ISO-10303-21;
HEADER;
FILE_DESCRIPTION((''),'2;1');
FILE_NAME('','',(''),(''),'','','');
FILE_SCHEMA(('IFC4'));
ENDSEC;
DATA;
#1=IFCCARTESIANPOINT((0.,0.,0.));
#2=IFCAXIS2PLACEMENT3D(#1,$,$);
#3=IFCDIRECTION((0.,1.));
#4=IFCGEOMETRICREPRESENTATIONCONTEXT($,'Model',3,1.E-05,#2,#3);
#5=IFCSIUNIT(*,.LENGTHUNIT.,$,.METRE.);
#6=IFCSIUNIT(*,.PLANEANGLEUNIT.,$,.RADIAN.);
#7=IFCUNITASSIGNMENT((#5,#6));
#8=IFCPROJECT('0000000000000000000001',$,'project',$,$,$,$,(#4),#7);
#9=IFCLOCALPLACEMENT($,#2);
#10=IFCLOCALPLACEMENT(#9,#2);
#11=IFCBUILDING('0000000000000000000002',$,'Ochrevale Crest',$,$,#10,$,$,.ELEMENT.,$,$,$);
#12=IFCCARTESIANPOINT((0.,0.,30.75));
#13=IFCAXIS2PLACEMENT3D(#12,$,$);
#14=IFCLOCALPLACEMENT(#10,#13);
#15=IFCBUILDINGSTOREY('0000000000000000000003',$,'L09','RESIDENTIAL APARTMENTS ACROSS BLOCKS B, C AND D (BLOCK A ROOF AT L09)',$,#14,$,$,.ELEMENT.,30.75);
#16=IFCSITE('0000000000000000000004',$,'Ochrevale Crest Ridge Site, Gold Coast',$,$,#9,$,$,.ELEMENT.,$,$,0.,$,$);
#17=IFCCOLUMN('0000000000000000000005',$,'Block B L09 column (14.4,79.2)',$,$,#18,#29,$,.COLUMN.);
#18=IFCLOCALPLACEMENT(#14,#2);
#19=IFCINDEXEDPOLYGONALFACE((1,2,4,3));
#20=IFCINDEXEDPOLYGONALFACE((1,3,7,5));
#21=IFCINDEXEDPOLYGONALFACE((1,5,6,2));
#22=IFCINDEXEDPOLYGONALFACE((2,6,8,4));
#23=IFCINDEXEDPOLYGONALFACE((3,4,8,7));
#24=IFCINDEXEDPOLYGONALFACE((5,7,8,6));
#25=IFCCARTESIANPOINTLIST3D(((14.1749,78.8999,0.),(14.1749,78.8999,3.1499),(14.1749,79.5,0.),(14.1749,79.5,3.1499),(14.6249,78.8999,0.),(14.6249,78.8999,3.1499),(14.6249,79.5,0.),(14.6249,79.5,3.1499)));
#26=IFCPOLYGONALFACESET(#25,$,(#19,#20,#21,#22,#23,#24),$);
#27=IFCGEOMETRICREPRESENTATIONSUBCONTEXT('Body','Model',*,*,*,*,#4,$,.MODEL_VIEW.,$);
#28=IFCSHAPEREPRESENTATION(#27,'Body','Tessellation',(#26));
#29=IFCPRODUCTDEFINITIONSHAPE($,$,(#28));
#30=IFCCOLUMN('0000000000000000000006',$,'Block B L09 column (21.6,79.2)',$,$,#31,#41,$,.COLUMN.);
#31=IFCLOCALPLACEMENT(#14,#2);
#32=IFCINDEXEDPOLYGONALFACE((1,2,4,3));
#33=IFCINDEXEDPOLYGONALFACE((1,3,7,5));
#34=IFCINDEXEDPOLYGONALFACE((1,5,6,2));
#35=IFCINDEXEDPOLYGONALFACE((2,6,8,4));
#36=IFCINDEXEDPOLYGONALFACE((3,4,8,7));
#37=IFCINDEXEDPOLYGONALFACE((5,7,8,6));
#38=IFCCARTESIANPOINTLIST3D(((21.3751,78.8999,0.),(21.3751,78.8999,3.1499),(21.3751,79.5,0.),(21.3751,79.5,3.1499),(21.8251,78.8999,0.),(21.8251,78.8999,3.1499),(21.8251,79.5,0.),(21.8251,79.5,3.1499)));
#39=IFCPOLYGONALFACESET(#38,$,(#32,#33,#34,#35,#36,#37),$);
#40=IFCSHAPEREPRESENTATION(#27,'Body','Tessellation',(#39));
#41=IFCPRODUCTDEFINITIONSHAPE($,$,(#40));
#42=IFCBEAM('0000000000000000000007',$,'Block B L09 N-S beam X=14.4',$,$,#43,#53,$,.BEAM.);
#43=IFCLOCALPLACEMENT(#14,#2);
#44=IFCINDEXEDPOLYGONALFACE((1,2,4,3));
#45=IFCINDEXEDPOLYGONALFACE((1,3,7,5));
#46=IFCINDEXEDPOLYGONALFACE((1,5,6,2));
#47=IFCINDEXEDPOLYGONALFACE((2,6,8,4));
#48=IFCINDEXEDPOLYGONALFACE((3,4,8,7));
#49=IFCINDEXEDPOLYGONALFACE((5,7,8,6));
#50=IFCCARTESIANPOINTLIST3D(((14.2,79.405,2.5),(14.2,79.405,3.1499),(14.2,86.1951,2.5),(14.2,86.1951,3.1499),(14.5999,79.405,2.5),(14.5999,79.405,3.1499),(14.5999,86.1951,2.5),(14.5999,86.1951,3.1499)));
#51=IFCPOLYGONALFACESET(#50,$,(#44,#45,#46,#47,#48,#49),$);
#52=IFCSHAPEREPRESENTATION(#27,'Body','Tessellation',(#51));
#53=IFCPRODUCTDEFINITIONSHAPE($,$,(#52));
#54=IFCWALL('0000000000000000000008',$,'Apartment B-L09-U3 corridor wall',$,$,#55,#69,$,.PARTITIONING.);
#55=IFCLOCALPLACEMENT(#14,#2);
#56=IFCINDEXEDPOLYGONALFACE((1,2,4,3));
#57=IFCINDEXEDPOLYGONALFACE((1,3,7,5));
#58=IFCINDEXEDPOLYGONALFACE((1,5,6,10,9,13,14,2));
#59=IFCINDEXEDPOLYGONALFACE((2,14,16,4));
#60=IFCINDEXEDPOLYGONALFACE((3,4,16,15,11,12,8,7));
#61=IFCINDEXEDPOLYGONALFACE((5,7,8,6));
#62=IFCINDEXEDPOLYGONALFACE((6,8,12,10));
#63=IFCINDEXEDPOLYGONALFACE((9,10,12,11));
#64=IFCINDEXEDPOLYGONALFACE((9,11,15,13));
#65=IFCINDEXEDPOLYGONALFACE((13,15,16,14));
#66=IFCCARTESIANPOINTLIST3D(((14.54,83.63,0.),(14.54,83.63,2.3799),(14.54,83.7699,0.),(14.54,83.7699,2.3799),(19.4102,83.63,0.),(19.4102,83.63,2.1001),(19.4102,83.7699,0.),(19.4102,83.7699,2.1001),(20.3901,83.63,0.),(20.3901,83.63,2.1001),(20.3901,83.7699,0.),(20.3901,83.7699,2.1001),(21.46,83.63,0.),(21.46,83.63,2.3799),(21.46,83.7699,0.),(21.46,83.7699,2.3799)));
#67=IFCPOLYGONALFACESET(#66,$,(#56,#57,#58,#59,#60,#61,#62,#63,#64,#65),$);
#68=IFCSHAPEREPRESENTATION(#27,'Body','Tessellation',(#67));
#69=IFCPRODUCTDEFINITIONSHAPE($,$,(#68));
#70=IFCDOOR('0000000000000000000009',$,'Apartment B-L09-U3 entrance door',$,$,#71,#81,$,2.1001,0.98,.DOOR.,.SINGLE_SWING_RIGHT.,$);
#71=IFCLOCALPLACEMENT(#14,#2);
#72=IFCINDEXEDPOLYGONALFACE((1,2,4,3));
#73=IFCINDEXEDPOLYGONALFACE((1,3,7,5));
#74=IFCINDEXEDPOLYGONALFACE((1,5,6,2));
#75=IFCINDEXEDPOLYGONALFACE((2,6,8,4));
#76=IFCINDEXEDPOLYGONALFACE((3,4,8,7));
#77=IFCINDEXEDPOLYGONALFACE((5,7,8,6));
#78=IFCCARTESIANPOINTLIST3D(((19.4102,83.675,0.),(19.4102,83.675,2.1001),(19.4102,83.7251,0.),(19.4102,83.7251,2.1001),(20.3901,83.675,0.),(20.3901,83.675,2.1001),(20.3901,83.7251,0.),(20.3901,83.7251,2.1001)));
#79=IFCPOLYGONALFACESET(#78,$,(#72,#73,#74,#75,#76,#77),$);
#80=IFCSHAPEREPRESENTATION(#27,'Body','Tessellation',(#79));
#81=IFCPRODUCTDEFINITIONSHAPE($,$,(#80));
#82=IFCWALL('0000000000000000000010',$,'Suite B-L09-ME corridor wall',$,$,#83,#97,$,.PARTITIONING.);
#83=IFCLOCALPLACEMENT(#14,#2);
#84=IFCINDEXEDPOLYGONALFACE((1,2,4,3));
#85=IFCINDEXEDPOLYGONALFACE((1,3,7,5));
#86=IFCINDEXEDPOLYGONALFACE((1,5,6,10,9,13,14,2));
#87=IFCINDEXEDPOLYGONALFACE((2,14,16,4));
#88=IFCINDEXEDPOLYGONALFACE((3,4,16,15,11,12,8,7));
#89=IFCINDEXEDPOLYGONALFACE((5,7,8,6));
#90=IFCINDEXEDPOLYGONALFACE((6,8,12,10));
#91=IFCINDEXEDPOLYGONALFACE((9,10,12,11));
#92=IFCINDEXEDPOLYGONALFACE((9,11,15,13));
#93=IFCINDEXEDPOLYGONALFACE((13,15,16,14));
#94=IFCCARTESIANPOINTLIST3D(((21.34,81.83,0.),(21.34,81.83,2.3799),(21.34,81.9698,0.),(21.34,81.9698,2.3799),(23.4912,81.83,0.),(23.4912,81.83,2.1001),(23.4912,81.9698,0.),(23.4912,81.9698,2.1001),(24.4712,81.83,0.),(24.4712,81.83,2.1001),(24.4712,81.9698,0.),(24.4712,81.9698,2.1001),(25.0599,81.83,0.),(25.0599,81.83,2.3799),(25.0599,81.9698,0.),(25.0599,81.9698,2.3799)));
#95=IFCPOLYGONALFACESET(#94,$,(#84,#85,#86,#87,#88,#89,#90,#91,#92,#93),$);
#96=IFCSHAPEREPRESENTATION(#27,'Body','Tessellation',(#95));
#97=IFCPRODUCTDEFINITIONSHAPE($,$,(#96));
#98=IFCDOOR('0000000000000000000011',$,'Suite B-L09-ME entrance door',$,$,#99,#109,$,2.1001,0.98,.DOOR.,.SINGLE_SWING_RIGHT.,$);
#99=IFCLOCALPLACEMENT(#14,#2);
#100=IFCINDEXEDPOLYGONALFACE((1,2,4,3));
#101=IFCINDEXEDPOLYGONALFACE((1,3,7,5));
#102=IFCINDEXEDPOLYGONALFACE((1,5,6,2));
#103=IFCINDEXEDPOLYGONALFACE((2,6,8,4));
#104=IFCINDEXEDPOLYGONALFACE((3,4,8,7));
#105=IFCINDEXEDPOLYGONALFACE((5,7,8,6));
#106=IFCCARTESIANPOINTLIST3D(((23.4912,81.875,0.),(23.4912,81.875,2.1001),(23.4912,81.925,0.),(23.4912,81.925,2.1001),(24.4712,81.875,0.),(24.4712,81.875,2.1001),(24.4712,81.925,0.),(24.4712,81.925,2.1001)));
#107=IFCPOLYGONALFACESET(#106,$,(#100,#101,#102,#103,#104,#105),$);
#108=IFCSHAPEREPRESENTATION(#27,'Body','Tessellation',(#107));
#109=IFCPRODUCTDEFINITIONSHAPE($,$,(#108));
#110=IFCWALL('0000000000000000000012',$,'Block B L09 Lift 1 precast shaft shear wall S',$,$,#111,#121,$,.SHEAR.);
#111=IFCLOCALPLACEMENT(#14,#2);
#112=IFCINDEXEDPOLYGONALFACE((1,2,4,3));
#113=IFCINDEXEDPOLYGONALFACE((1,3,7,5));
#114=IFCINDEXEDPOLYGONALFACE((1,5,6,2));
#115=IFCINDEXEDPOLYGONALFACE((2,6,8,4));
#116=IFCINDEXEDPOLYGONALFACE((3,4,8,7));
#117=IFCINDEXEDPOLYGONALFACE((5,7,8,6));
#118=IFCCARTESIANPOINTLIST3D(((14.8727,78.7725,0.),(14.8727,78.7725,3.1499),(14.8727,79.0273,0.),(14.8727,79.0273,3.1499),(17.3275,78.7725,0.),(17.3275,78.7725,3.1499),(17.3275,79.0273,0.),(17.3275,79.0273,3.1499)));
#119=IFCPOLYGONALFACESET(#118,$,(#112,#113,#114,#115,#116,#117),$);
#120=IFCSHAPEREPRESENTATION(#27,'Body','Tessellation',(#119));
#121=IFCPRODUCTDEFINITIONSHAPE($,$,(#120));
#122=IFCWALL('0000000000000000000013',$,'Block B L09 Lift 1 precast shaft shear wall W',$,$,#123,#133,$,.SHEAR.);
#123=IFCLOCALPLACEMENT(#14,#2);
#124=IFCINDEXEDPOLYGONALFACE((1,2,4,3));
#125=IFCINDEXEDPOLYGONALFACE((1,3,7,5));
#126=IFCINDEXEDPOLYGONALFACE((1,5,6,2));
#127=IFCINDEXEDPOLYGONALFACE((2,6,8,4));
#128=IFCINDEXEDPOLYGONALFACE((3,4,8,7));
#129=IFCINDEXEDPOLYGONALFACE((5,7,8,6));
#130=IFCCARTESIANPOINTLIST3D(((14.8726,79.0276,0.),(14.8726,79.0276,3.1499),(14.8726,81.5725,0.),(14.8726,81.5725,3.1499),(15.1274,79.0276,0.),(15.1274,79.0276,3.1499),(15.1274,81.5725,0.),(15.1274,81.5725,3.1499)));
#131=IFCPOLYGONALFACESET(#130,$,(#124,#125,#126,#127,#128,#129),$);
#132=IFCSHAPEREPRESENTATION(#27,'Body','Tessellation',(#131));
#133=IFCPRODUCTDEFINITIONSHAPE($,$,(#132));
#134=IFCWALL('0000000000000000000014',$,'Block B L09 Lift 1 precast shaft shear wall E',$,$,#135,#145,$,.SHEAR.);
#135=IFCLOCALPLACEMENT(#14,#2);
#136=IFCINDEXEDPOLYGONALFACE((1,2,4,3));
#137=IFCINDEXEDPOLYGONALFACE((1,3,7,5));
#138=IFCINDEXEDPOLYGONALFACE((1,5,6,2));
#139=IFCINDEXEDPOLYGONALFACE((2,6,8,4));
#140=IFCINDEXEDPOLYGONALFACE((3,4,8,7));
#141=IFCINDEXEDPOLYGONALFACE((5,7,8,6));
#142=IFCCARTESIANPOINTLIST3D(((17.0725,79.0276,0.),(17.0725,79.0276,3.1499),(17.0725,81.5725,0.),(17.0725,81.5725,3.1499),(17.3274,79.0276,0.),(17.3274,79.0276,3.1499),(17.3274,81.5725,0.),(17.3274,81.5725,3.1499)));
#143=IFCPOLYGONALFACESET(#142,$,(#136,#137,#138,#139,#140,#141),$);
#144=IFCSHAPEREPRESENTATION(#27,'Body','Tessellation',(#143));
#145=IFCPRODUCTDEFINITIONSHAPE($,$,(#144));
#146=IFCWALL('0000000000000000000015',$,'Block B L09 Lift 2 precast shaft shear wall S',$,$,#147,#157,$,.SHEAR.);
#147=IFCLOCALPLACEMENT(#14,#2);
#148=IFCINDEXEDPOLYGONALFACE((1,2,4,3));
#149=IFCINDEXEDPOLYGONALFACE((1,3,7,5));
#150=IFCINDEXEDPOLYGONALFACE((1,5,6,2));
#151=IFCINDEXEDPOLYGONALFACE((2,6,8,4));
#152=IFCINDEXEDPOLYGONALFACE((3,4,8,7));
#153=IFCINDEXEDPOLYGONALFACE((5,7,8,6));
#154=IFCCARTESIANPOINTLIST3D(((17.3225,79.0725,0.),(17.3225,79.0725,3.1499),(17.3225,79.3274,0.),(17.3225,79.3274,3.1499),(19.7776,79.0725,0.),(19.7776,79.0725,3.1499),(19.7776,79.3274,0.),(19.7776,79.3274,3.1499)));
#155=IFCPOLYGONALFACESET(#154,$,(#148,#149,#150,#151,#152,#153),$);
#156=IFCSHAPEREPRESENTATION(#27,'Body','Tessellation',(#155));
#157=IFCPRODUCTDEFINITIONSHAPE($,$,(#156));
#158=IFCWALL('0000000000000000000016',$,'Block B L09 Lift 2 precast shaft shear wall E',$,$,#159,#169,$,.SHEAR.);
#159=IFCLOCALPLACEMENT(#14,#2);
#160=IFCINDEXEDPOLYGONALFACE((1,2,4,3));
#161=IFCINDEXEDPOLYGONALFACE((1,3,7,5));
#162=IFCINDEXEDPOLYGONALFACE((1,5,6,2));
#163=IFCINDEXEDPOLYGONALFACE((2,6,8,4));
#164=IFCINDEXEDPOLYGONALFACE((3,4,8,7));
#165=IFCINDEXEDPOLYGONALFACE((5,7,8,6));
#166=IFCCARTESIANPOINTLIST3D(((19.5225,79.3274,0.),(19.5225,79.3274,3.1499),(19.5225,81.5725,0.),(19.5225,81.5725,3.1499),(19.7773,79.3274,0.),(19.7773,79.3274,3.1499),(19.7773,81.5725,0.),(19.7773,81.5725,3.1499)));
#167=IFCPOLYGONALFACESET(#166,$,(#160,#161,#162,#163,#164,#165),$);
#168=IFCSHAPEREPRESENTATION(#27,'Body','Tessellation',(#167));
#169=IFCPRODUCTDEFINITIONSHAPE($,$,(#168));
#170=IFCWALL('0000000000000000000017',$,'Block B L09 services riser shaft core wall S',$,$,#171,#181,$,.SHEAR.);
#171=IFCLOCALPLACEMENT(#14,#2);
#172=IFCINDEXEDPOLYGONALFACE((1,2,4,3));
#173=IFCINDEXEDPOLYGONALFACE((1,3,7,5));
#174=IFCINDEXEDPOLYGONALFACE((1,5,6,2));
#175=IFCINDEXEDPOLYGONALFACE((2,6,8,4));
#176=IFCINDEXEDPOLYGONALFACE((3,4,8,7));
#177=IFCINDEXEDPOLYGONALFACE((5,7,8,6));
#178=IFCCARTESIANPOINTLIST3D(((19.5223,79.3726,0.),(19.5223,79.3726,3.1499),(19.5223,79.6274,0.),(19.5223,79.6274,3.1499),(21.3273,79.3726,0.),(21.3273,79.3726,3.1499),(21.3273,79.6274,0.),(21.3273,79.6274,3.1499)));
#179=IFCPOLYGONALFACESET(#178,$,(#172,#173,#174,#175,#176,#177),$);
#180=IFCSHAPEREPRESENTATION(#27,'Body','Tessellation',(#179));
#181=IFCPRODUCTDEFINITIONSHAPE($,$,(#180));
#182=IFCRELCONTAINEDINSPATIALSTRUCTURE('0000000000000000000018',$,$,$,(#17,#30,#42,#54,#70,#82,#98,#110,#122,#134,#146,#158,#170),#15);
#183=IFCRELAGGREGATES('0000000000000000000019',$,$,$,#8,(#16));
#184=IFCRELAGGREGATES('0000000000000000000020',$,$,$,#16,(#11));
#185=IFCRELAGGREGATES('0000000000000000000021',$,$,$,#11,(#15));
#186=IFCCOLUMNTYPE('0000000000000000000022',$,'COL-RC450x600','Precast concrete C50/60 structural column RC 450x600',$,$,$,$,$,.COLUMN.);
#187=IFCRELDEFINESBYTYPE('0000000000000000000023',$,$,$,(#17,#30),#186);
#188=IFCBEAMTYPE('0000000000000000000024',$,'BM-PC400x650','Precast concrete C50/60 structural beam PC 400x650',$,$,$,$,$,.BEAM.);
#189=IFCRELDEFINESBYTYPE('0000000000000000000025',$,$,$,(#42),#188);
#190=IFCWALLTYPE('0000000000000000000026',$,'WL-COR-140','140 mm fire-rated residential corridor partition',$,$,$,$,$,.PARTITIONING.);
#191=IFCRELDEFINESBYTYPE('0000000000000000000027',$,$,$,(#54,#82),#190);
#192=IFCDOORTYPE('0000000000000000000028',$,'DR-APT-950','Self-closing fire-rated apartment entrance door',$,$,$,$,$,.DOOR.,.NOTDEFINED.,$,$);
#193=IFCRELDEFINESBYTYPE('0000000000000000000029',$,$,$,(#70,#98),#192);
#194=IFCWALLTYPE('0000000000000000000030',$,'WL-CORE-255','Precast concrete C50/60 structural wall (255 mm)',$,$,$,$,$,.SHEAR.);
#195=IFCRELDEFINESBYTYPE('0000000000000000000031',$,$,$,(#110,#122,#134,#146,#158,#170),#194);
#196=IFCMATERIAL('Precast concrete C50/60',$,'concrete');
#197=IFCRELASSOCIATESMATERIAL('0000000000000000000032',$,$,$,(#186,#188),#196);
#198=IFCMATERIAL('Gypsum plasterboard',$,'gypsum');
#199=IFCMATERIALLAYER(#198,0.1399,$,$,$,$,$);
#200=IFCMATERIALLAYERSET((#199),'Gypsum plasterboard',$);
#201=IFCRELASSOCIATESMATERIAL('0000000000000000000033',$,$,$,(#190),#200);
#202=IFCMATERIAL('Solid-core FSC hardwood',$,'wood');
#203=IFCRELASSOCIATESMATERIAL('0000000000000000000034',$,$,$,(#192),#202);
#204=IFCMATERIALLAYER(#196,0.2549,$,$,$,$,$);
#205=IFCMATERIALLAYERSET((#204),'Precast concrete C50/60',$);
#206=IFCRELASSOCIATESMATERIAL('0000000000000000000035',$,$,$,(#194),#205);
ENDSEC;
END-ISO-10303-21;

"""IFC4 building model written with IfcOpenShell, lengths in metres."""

from ifc_helpers import new_model, si_unit, direction, frame, frame_2d, origin, origin_2d, place, context, subcontext, project, spatial, rectangle, extrude, material, layer, layer_set, material_profile, profile_set, type_object, element, fill, save


model = new_model("IFC4")

# Units and contexts
model_context = context("Model", 3, precision=1e-05, world=origin(), true_north=direction((0.0, 1.0)))
body_context = subcontext(model_context, "Body", "Model", "MODEL_VIEW")
ifc_project = project(units=[si_unit("LENGTHUNIT", "METRE"), si_unit("PLANEANGLEUNIT", "RADIAN")], contexts=[model_context])

# Site, building, storey
site_placement = place(None, origin())
site = spatial("IfcSite", under=ifc_project, at=site_placement, Name="Ochrevale Crest Ridge Site, Gold Coast", CompositionType="ELEMENT", RefElevation=0.0)
building_placement = place(site_placement, origin())
building = spatial("IfcBuilding", under=site, at=building_placement, Name="Ochrevale Crest", CompositionType="ELEMENT")
storey_placement = place(building_placement, frame((0.0, 0.0, 30.75)))
storey = spatial("IfcBuildingStorey", under=building, at=storey_placement, Name="L09", Description="RESIDENTIAL APARTMENTS ACROSS BLOCKS B, C AND D (BLOCK A ROOF AT L09)", CompositionType="ELEMENT", Elevation=30.75)

# Columns
ifc_material_1 = material(Name="Precast concrete C50/60", Category="concrete")
ifc_material_profile_1 = material_profile(ifc_material_1, rectangle(XDim=0.45, YDim=0.6001, at=origin_2d()), Name="RC 450x600")
ifc_profile_set_1 = profile_set([ifc_material_profile_1], Name="Precast concrete C50/60")
column_type = type_object("IfcColumnType", Name="COL-RC450x600", Description="Precast concrete C50/60 structural column RC 450x600", PredefinedType="COLUMN", material=ifc_profile_set_1)
for number, where, z_axis, x_axis, name in (
    (1, (14.3999, 79.2, 0.0), (0.0, 0.0, 1.0), (1.0, 0.0, 0.0), "Block B L09 column (14.4,79.2)"),
    (2, (21.6001, 79.2, 0.0), (0.0, 0.0, 1.0), (1.0, 0.0, 0.0), "Block B L09 column (21.6,79.2)"),
):
    element("IfcColumn", number, at=place(storey_placement, frame(where, z_axis=z_axis, x_axis=x_axis)), inside=storey, type_object=column_type, Name=name, PredefinedType="COLUMN", context=body_context, shape_type="SweptSolid", body=[
        extrude(rectangle(XDim=0.45, YDim=0.6001, at=origin_2d()), origin(), (0.0, 0.0, 1.0), 3.1499),
    ])

# Beam
ifc_material_profile_2 = material_profile(ifc_material_1, rectangle(XDim=0.3999, YDim=0.6499, at=origin_2d()), Name="PC 400x650")
ifc_profile_set_2 = profile_set([ifc_material_profile_2], Name="Precast concrete C50/60")
beam_type = type_object("IfcBeamType", Name="BM-PC400x650", Description="Precast concrete C50/60 structural beam PC 400x650", PredefinedType="BEAM", material=ifc_profile_set_2)
beam_placement = place(storey_placement, frame((14.3999, 79.405, 2.825), z_axis=(0.0, 1.0, 0.0), x_axis=(-1.0, 0.0, 0.0)))
element("IfcBeam", 3, at=beam_placement, inside=storey, type_object=beam_type, Name="Block B L09 N-S beam X=14.4", PredefinedType="BEAM", context=body_context, shape_type="SweptSolid", body=[
    extrude(rectangle(XDim=0.3999, YDim=0.6499, at=origin_2d()), origin(), (0.0, 0.0, 1.0), 6.79),
])

# Walls, openings, doors
ifc_material_2 = material(Name="Gypsum plasterboard", Category="gypsum")
ifc_layer_1 = layer(ifc_material_2, 0.1399)
ifc_layer_set_1 = layer_set([ifc_layer_1], Name="Gypsum plasterboard")
wall_type_1 = type_object("IfcWallType", Name="WL-COR-140", Description="140 mm fire-rated residential corridor partition", PredefinedType="PARTITIONING", material=ifc_layer_set_1)
wall_1_placement = place(storey_placement, frame((14.54, 83.7, 0.0), z_axis=(0.0, 0.0, 1.0), x_axis=(1.0, 0.0, 0.0)))
wall_1 = element("IfcWall", 4, at=wall_1_placement, inside=storey, type_object=wall_type_1, Name="Apartment B-L09-U3 corridor wall", PredefinedType="PARTITIONING", context=body_context, shape_type="SweptSolid", body=[
    extrude(rectangle(XDim=6.9199, YDim=0.1399, at=frame_2d((3.46, 0.0))), origin(), (0.0, 0.0, 1.0), 2.3799),
])
opening_1_placement = place(wall_1_placement, frame((5.8501, 0.0, 0.0), z_axis=(0.0, 0.0, 1.0), x_axis=(-1.0, 0.0, 0.0)))
opening_1 = element("IfcOpeningElement", 5, at=opening_1_placement, cuts=wall_1, PredefinedType="OPENING", context=body_context, shape_type="SweptSolid", body=[
    extrude(rectangle(XDim=0.98, YDim=2.1001, at=frame_2d((0.49, 1.05))), frame((0.0, 0.0801, 0.0), z_axis=(0.0, -1.0, 0.0), x_axis=(1.0, 0.0, 0.0)), (0.0, 0.0, 1.0), 0.1599),
])
ifc_material_3 = material(Name="Solid-core FSC hardwood", Category="wood")
door_type_1 = type_object("IfcDoorType", Name="DR-APT-950", Description="Self-closing fire-rated apartment entrance door", OperationType="NOTDEFINED", PredefinedType="DOOR", material=ifc_material_3)
door_1_placement = place(opening_1_placement, origin())
door_1 = element("IfcDoor", 6, at=door_1_placement, inside=storey, type_object=door_type_1, Name="Apartment B-L09-U3 entrance door", OperationType="SINGLE_SWING_RIGHT", OverallHeight=2.1001, OverallWidth=0.98, PredefinedType="DOOR", context=body_context, shape_type="SweptSolid", body=[
    extrude(rectangle(XDim=0.98, YDim=2.1001, at=frame_2d((0.49, 1.05))), frame((0.0, 0.0249, 0.0), z_axis=(0.0, -1.0, 0.0), x_axis=(1.0, 0.0, 0.0)), (0.0, 0.0, 1.0), 0.05),
])
fill(opening_1, door_1)
wall_2_placement = place(storey_placement, frame((21.3401, 81.8999, 0.0), z_axis=(0.0, 0.0, 1.0), x_axis=(1.0, 0.0, 0.0)))
wall_2 = element("IfcWall", 7, at=wall_2_placement, inside=storey, type_object=wall_type_1, Name="Suite B-L09-ME corridor wall", PredefinedType="PARTITIONING", context=body_context, shape_type="SweptSolid", body=[
    extrude(rectangle(XDim=3.72, YDim=0.1399, at=frame_2d((1.8599, 0.0))), origin(), (0.0, 0.0, 1.0), 2.3799),
])
opening_2_placement = place(wall_2_placement, frame((3.1311, 0.0, 0.0), z_axis=(0.0, 0.0, 1.0), x_axis=(-1.0, 0.0, 0.0)))
opening_2 = element("IfcOpeningElement", 8, at=opening_2_placement, cuts=wall_2, PredefinedType="OPENING", context=body_context, shape_type="SweptSolid", body=[
    extrude(rectangle(XDim=0.98, YDim=2.1001, at=frame_2d((0.49, 1.05))), frame((0.0, 0.0801, 0.0), z_axis=(0.0, -1.0, 0.0), x_axis=(1.0, 0.0, 0.0)), (0.0, 0.0, 1.0), 0.1599),
])
door_2_placement = place(opening_2_placement, origin())
door_2 = element("IfcDoor", 9, at=door_2_placement, inside=storey, type_object=door_type_1, Name="Suite B-L09-ME entrance door", OperationType="SINGLE_SWING_RIGHT", OverallHeight=2.1001, OverallWidth=0.98, PredefinedType="DOOR", context=body_context, shape_type="SweptSolid", body=[
    extrude(rectangle(XDim=0.98, YDim=2.1001, at=frame_2d((0.49, 1.05))), frame((0.0, 0.0249, 0.0), z_axis=(0.0, -1.0, 0.0), x_axis=(1.0, 0.0, 0.0)), (0.0, 0.0, 1.0), 0.05),
])
fill(opening_2, door_2)

# Wall
ifc_layer_2 = layer(ifc_material_1, 0.2549)
ifc_layer_set_2 = layer_set([ifc_layer_2], Name="Precast concrete C50/60")
wall_type_2 = type_object("IfcWallType", Name="WL-CORE-255", Description="Precast concrete C50/60 structural wall (255 mm)", PredefinedType="SHEAR", material=ifc_layer_set_2)
wall_3_placement = place(storey_placement, frame((14.8726, 78.8999, 0.0), z_axis=(0.0, 0.0, 1.0), x_axis=(1.0, 0.0, 0.0)))
element("IfcWall", 10, at=wall_3_placement, inside=storey, type_object=wall_type_2, Name="Block B L09 Lift 1 precast shaft shear wall S", PredefinedType="SHEAR", context=body_context, shape_type="SweptSolid", body=[
    extrude(rectangle(XDim=2.4548, YDim=0.2549, at=frame_2d((1.2275, 0.0))), origin(), (0.0, 0.0, 1.0), 3.1499),
])

# Walls
for number, where, z_axis, x_axis, name in (
    (11, (15.0, 79.0276, 0.0), (0.0, 0.0, 1.0), (0.0, 1.0, 0.0), "Block B L09 Lift 1 precast shaft shear wall W"),
    (12, (17.2, 79.0276, 0.0), (0.0, 0.0, 1.0), (0.0, 1.0, 0.0), "Block B L09 Lift 1 precast shaft shear wall E"),
):
    element("IfcWall", number, at=place(storey_placement, frame(where, z_axis=z_axis, x_axis=x_axis)), inside=storey, type_object=wall_type_2, Name=name, PredefinedType="SHEAR", context=body_context, shape_type="SweptSolid", body=[
        extrude(rectangle(XDim=2.5449, YDim=0.2549, at=frame_2d((1.2725, 0.0))), origin(), (0.0, 0.0, 1.0), 3.1499),
    ])
wall_4_placement = place(storey_placement, frame((17.3225, 79.2, 0.0), z_axis=(0.0, 0.0, 1.0), x_axis=(1.0, 0.0, 0.0)))
element("IfcWall", 13, at=wall_4_placement, inside=storey, type_object=wall_type_2, Name="Block B L09 Lift 2 precast shaft shear wall S", PredefinedType="SHEAR", context=body_context, shape_type="SweptSolid", body=[
    extrude(rectangle(XDim=2.4551, YDim=0.2549, at=frame_2d((1.2275, 0.0))), origin(), (0.0, 0.0, 1.0), 3.1499),
])

# Walls
wall_5_placement = place(storey_placement, frame((19.6499, 79.3274, 0.0), z_axis=(0.0, 0.0, 1.0), x_axis=(0.0, 1.0, 0.0)))
element("IfcWall", 14, at=wall_5_placement, inside=storey, type_object=wall_type_2, Name="Block B L09 Lift 2 precast shaft shear wall E", PredefinedType="SHEAR", context=body_context, shape_type="SweptSolid", body=[
    extrude(rectangle(XDim=2.2451, YDim=0.2549, at=frame_2d((1.1226, 0.0))), origin(), (0.0, 0.0, 1.0), 3.1499),
])
for number, where, z_axis, x_axis, name in (
    (15, (19.5225, 79.5, 0.0), (0.0, 0.0, 1.0), (1.0, 0.0, 0.0), "Block B L09 services riser shaft core wall S"),
):
    element("IfcWall", number, at=place(storey_placement, frame(where, z_axis=z_axis, x_axis=x_axis)), inside=storey, type_object=wall_type_2, Name=name, PredefinedType="SHEAR", context=body_context, shape_type="SweptSolid", body=[
        extrude(rectangle(XDim=1.8049, YDim=0.2549, at=frame_2d((0.9023, 0.0))), origin(), (0.0, 0.0, 1.0), 3.1499),
    ])

save(model, "model.ifc")
